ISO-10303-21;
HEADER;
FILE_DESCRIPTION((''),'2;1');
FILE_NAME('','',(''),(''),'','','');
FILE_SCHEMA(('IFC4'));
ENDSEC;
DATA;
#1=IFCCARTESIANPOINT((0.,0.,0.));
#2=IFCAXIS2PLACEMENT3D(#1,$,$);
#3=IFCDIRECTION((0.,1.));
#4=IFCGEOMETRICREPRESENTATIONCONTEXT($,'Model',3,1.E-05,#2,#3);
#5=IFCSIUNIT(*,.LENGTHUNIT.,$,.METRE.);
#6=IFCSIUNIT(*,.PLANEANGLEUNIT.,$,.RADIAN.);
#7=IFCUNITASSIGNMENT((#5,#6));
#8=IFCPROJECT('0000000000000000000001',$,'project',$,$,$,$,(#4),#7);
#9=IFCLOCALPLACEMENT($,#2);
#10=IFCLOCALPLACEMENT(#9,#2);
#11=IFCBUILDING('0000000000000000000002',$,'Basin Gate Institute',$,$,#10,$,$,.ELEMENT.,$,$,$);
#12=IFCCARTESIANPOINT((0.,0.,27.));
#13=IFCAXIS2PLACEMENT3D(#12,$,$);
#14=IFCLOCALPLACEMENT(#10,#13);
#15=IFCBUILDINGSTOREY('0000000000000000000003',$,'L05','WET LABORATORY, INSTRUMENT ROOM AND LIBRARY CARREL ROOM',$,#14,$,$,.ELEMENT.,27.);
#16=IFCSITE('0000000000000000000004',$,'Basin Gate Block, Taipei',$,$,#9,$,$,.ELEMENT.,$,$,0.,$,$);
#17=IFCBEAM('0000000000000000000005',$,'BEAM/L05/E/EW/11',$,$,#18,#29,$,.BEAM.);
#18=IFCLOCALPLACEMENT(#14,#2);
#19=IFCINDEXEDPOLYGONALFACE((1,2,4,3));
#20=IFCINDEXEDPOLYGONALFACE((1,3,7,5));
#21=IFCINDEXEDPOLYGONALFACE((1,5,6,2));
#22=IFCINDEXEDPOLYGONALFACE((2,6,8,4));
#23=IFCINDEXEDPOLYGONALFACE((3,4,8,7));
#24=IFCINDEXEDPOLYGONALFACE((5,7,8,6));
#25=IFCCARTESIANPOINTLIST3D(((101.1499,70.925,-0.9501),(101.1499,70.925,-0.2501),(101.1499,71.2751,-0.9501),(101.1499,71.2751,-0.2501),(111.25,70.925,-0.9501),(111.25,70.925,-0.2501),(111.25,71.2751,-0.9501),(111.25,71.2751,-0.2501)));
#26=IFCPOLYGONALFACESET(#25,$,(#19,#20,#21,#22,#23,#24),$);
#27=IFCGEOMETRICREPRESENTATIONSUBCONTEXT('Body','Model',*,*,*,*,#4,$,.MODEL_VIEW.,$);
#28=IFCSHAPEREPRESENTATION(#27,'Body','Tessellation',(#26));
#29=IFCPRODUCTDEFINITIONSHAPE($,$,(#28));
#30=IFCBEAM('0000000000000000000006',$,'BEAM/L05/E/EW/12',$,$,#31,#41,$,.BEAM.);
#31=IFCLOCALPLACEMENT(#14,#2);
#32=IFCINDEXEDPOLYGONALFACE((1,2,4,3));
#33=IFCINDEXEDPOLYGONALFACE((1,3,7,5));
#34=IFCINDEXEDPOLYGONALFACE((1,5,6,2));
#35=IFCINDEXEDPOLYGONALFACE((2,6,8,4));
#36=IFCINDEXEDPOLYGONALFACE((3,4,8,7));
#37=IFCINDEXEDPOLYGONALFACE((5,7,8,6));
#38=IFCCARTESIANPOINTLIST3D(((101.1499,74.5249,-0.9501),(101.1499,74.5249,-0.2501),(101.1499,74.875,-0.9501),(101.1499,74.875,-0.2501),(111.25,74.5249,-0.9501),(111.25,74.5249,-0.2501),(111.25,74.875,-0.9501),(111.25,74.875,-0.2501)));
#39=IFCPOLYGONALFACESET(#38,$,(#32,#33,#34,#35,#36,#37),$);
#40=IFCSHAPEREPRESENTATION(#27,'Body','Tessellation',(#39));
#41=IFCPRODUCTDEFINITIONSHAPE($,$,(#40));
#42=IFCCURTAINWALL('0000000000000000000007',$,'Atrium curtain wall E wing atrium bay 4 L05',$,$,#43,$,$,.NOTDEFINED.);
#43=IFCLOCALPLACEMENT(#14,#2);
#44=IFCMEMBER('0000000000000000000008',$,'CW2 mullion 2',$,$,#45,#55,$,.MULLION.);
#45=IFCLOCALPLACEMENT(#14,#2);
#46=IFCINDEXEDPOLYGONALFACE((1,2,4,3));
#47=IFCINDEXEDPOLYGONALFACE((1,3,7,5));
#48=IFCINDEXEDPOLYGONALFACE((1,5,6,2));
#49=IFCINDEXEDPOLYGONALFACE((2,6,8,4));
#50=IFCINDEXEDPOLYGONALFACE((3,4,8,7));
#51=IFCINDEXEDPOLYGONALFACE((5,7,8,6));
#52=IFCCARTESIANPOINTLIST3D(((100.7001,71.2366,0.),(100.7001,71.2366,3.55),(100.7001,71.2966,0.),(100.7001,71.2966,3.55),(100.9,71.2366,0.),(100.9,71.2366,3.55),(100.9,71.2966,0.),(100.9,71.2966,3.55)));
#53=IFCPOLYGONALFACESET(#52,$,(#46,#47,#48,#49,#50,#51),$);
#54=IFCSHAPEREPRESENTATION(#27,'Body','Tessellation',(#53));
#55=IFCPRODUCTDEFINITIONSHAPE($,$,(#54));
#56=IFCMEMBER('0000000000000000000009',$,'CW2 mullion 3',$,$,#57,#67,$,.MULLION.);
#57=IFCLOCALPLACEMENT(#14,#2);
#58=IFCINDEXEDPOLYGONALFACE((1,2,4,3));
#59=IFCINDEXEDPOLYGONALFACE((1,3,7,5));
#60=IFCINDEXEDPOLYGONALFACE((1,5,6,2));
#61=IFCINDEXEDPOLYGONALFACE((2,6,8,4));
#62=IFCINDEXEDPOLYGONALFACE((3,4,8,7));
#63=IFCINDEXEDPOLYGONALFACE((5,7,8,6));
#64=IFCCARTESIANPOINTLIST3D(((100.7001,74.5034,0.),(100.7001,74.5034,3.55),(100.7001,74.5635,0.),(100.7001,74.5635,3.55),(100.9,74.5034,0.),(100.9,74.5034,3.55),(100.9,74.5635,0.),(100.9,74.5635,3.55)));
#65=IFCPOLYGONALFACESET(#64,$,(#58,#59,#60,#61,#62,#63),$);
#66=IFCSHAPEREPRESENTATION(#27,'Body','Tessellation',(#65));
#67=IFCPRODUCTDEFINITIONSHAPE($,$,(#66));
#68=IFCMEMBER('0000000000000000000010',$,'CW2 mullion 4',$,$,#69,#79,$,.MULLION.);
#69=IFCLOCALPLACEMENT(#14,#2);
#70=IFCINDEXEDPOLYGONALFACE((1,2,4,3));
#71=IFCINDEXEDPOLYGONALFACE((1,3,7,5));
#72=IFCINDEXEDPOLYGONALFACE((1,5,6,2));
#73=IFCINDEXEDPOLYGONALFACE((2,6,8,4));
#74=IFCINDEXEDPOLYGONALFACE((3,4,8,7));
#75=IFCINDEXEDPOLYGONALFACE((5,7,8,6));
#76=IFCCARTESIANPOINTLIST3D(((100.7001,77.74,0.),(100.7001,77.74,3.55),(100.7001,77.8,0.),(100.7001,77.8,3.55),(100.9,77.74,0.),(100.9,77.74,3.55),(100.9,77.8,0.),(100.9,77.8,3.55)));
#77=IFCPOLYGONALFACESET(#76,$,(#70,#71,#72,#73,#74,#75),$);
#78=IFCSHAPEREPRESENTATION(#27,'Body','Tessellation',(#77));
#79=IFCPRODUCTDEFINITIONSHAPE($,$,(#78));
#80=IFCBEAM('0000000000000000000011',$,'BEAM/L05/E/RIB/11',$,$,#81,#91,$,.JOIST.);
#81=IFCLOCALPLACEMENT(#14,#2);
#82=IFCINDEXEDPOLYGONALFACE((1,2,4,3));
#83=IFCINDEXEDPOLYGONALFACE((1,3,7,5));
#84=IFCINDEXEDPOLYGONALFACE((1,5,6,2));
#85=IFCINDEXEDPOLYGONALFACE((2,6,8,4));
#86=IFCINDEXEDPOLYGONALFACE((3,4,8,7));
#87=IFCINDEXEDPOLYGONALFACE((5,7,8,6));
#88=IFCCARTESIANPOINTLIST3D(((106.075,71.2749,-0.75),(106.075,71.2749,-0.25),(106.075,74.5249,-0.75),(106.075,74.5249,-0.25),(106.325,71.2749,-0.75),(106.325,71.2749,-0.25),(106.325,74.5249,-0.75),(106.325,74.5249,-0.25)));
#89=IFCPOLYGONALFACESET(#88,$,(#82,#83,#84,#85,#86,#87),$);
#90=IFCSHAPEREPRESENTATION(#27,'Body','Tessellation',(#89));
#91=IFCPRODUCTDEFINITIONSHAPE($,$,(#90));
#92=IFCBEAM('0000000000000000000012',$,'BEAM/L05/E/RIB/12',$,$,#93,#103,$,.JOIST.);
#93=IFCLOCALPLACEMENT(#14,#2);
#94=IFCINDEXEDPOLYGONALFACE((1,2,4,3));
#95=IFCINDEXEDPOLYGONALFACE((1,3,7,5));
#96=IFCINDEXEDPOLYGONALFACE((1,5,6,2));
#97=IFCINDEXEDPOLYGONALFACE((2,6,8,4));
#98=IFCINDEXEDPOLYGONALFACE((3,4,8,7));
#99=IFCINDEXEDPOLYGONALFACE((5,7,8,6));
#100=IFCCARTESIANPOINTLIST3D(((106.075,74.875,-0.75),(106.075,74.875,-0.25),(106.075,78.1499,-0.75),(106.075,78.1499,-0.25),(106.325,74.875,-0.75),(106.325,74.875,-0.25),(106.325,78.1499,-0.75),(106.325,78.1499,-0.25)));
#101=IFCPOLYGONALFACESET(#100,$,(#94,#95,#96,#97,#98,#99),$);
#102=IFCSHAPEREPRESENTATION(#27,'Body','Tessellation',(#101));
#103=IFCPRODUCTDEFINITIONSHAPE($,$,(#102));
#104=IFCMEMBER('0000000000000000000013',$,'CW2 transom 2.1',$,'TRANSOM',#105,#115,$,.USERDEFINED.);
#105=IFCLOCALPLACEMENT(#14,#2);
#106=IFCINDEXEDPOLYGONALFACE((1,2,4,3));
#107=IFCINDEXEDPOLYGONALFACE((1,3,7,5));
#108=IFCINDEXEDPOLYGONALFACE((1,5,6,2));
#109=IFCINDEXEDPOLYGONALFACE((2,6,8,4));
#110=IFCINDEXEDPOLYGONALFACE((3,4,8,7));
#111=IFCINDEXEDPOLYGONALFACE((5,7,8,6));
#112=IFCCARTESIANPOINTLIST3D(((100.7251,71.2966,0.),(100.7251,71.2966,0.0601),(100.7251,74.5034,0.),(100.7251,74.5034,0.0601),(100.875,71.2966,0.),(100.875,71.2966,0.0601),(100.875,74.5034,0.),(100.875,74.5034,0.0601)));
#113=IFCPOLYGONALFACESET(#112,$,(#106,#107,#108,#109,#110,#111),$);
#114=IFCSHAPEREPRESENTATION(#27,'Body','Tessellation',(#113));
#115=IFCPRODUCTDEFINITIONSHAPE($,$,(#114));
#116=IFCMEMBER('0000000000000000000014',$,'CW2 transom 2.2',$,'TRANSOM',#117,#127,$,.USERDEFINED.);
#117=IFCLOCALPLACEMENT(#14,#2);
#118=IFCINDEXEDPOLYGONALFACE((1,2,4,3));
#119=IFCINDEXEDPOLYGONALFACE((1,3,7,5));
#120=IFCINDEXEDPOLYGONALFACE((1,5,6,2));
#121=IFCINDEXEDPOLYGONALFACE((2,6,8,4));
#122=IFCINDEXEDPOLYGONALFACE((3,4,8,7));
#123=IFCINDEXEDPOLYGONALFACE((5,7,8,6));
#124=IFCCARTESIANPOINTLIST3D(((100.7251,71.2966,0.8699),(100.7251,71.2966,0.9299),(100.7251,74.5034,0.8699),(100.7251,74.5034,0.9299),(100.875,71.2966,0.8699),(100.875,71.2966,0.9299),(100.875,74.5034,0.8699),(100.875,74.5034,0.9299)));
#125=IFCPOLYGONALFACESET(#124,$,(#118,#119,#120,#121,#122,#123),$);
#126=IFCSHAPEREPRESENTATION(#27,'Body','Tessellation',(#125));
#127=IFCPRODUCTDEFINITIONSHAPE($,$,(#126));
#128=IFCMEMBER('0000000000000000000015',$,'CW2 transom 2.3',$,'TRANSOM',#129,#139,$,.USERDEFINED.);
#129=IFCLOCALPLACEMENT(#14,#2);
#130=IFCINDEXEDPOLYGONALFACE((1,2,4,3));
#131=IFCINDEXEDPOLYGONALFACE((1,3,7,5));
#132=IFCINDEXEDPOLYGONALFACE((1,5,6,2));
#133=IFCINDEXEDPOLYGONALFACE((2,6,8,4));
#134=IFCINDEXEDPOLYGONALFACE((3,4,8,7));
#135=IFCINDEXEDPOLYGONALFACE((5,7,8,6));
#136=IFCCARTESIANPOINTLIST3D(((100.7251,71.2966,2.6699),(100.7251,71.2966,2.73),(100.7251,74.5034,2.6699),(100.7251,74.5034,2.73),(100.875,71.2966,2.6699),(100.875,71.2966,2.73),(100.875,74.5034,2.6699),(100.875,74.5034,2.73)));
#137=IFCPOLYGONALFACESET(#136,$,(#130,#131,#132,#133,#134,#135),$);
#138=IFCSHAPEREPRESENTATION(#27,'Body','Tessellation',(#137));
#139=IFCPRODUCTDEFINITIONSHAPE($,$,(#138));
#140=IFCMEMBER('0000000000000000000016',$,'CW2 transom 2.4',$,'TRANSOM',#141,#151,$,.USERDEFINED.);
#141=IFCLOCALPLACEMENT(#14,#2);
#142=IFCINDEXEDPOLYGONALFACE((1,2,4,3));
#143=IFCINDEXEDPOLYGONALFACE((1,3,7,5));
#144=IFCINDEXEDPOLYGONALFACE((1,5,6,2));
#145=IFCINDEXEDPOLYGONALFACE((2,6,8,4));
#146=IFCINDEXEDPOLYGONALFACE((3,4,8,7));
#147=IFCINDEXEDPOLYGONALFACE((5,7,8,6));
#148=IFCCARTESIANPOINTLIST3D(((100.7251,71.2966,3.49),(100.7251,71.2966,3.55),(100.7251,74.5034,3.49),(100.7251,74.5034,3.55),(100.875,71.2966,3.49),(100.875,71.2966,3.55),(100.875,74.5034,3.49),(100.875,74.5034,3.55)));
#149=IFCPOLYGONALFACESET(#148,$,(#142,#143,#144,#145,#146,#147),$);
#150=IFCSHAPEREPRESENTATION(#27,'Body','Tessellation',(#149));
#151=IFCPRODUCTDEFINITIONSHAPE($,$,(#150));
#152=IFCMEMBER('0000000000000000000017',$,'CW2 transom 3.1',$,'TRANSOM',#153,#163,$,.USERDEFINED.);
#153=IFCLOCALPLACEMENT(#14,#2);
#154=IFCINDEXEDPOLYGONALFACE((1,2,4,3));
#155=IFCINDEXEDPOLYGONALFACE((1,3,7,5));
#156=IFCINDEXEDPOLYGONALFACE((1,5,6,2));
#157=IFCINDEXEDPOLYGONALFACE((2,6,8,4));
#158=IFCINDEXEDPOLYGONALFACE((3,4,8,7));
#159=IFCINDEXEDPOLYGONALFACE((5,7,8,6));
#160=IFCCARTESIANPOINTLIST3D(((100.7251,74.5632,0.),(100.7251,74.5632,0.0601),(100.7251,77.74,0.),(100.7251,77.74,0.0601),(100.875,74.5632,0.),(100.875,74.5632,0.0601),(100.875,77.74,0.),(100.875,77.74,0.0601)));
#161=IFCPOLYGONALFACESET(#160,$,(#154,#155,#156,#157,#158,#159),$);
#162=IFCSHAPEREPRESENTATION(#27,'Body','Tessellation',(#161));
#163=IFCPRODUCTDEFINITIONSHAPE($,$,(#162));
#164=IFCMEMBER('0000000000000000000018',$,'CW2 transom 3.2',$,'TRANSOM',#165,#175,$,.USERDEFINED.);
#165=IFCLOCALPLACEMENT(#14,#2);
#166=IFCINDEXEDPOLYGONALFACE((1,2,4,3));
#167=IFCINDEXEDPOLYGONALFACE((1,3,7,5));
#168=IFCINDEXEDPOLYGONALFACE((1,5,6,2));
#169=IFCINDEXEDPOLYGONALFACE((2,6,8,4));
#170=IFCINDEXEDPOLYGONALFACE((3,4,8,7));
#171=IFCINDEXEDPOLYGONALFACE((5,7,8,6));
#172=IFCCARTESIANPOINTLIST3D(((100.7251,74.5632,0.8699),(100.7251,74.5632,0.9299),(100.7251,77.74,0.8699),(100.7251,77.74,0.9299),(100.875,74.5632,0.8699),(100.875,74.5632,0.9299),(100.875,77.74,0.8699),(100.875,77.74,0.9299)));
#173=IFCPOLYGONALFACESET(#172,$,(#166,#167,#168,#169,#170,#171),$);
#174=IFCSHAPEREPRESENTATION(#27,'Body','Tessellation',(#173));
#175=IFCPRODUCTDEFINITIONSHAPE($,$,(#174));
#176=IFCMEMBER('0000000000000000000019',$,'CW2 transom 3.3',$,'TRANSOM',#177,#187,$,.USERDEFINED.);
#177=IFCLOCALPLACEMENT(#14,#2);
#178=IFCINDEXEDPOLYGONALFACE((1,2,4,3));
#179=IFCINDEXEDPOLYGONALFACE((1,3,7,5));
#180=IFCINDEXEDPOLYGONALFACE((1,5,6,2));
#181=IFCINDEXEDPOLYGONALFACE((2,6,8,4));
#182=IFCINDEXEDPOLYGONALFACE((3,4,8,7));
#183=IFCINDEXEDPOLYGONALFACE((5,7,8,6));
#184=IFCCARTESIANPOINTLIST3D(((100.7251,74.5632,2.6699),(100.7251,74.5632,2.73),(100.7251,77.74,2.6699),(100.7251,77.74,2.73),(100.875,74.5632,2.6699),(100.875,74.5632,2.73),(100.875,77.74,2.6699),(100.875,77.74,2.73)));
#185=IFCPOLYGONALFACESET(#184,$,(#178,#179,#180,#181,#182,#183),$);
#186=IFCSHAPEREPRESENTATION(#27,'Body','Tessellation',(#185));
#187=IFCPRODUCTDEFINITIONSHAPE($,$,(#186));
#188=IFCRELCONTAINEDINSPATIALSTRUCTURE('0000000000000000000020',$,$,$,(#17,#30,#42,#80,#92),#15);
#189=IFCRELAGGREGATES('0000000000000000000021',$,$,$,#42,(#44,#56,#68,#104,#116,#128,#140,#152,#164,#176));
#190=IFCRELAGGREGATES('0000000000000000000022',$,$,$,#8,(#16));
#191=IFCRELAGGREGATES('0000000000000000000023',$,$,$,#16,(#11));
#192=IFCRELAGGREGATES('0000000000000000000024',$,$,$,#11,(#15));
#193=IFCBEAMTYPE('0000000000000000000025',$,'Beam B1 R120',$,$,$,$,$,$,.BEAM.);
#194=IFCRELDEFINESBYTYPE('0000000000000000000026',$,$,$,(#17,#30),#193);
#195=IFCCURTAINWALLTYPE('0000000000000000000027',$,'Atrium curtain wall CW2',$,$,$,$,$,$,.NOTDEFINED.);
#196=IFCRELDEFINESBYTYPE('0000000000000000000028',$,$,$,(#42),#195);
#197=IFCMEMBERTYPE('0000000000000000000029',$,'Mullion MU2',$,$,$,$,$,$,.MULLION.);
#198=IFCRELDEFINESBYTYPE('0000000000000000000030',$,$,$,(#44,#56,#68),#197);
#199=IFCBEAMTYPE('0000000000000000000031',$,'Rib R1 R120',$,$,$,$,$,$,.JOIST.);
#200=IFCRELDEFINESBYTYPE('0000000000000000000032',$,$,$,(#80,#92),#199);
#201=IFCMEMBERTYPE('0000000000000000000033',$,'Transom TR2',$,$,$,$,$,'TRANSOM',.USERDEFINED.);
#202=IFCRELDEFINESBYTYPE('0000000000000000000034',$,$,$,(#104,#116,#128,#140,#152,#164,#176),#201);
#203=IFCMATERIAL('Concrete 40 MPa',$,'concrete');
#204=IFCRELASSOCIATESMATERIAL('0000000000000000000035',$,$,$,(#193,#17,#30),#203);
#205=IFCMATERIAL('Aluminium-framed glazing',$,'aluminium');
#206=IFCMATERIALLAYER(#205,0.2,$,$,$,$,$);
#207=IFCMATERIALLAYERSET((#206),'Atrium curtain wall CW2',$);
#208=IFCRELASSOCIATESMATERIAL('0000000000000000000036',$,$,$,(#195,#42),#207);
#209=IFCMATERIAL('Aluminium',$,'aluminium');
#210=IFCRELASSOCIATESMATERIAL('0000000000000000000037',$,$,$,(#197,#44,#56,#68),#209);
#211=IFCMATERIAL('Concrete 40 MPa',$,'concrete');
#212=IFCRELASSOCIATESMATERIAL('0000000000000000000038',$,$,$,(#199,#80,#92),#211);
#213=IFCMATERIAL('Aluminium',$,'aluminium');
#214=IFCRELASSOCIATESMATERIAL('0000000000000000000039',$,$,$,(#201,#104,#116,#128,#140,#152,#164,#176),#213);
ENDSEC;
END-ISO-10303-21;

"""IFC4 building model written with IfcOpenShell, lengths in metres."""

from ifc_helpers import new_model, si_unit, direction, frame, origin, origin_2d, place, context, subcontext, project, spatial, rectangle, extrude, material, layer, layer_set, material_profile, profile_set, type_object, element, aggregate, save


model = new_model("IFC4")

# Units and contexts
model_context = context("Model", 3, precision=1e-05, world=origin(), true_north=direction((0.0, 1.0)))
body_context = subcontext(model_context, "Body", "Model", "MODEL_VIEW")
ifc_project = project(units=[si_unit("LENGTHUNIT", "METRE"), si_unit("PLANEANGLEUNIT", "RADIAN")], contexts=[model_context])

# Site, building, storey
site_placement = place(None, origin())
site = spatial("IfcSite", under=ifc_project, at=site_placement, Name="Basin Gate Block, Taipei", CompositionType="ELEMENT", RefElevation=0.0)
building_placement = place(site_placement, origin())
building = spatial("IfcBuilding", under=site, at=building_placement, Name="Basin Gate Institute", CompositionType="ELEMENT")
storey_placement = place(building_placement, frame((0.0, 0.0, 27.0)))
storey = spatial("IfcBuildingStorey", under=building, at=storey_placement, Name="L05", Description="WET LABORATORY, INSTRUMENT ROOM AND LIBRARY CARREL ROOM", CompositionType="ELEMENT", Elevation=27.0)

# Beams
ifc_material_1 = material(Name="Concrete 40 MPa", Category="concrete")
ifc_material_profile_1 = material_profile(ifc_material_1, rectangle(XDim=0.3501, YDim=0.7, at=origin_2d()), Name="Beam B1 350 x 700")
ifc_profile_set_1 = profile_set([ifc_material_profile_1], Name="Concrete 40 MPa")
beam_type_1 = type_object("IfcBeamType", Name="Beam B1 R120", PredefinedType="BEAM", material=ifc_profile_set_1)
for number, where, z_axis, x_axis, name in (
    (1, (111.25, 71.1001, -0.6001), (-1.0, 0.0, 0.0), (0.0, -1.0, 0.0), "BEAM/L05/E/EW/11"),
    (2, (111.25, 74.7, -0.6001), (-1.0, 0.0, 0.0), (0.0, -1.0, 0.0), "BEAM/L05/E/EW/12"),
):
    element("IfcBeam", number, at=place(storey_placement, frame(where, z_axis=z_axis, x_axis=x_axis)), inside=storey, type_object=beam_type_1, material=ifc_profile_set_1, Name=name, PredefinedType="BEAM", context=body_context, shape_type="SweptSolid", body=[
        extrude(rectangle(XDim=0.3501, YDim=0.7, at=origin_2d()), origin(), (0.0, 0.0, 1.0), 10.1001),
    ])

# Curtain wall, members
ifc_material_2 = material(Name="Aluminium-framed glazing", Category="aluminium")
ifc_layer_1 = layer(ifc_material_2, 0.2)
ifc_layer_set_1 = layer_set([ifc_layer_1], Name="Atrium curtain wall CW2")
curtain_wall_type = type_object("IfcCurtainWallType", Name="Atrium curtain wall CW2", PredefinedType="NOTDEFINED", material=ifc_layer_set_1)
curtain_wall_placement = place(storey_placement, origin())
curtain_wall = element("IfcCurtainWall", 3, at=curtain_wall_placement, inside=storey, type_object=curtain_wall_type, material=ifc_layer_set_1, Name="Atrium curtain wall E wing atrium bay 4 L05", PredefinedType="NOTDEFINED")
ifc_material_3 = material(Name="Aluminium", Category="aluminium")
ifc_material_profile_2 = material_profile(ifc_material_3, rectangle(XDim=0.2, YDim=0.0601, at=origin_2d()), Name="Mullion MU2 200 x 60")
ifc_profile_set_2 = profile_set([ifc_material_profile_2], Name="Aluminium")
member_type_1 = type_object("IfcMemberType", Name="Mullion MU2", PredefinedType="MULLION", material=ifc_profile_set_2)
member_1_placement = place(storey_placement, frame((100.8, 71.2666, 0.0), z_axis=(0.0, 0.0, 1.0), x_axis=(-1.0, 0.0, 0.0)))
member_1 = element("IfcMember", 4, at=member_1_placement, type_object=member_type_1, material=ifc_profile_set_2, Name="CW2 mullion 2", PredefinedType="MULLION", context=body_context, shape_type="SweptSolid", body=[
    extrude(rectangle(XDim=0.2, YDim=0.0601, at=origin_2d()), origin(), (0.0, 0.0, 1.0), 3.55),
])
member_2_placement = place(storey_placement, frame((100.8, 74.5334, 0.0), z_axis=(0.0, 0.0, 1.0), x_axis=(-1.0, 0.0, 0.0)))
member_2 = element("IfcMember", 5, at=member_2_placement, type_object=member_type_1, material=ifc_profile_set_2, Name="CW2 mullion 3", PredefinedType="MULLION", context=body_context, shape_type="SweptSolid", body=[
    extrude(rectangle(XDim=0.2, YDim=0.0601, at=origin_2d()), origin(), (0.0, 0.0, 1.0), 3.55),
])
member_3_placement = place(storey_placement, frame((100.8, 77.77, 0.0), z_axis=(0.0, 0.0, 1.0), x_axis=(-1.0, 0.0, 0.0)))
member_3 = element("IfcMember", 6, at=member_3_placement, type_object=member_type_1, material=ifc_profile_set_2, Name="CW2 mullion 4", PredefinedType="MULLION", context=body_context, shape_type="SweptSolid", body=[
    extrude(rectangle(XDim=0.2, YDim=0.0601, at=origin_2d()), origin(), (0.0, 0.0, 1.0), 3.55),
])

# Beams
ifc_material_4 = material(Name="Concrete 40 MPa", Category="concrete")
ifc_material_profile_3 = material_profile(ifc_material_4, rectangle(XDim=0.25, YDim=0.5, at=origin_2d()), Name="Rib R1 250 x 500")
ifc_profile_set_3 = profile_set([ifc_material_profile_3], Name="Concrete 40 MPa")
beam_type_2 = type_object("IfcBeamType", Name="Rib R1 R120", PredefinedType="JOIST", material=ifc_profile_set_3)
beam_1_placement = place(storey_placement, frame((106.2, 71.2749, -0.5), z_axis=(0.0, 1.0, 0.0), x_axis=(-1.0, 0.0, 0.0)))
element("IfcBeam", 7, at=beam_1_placement, inside=storey, type_object=beam_type_2, material=ifc_profile_set_3, Name="BEAM/L05/E/RIB/11", PredefinedType="JOIST", context=body_context, shape_type="SweptSolid", body=[
    extrude(rectangle(XDim=0.25, YDim=0.5, at=origin_2d()), origin(), (0.0, 0.0, 1.0), 3.25),
])
beam_2_placement = place(storey_placement, frame((106.2, 74.875, -0.5), z_axis=(0.0, 1.0, 0.0), x_axis=(-1.0, 0.0, 0.0)))
element("IfcBeam", 8, at=beam_2_placement, inside=storey, type_object=beam_type_2, material=ifc_profile_set_3, Name="BEAM/L05/E/RIB/12", PredefinedType="JOIST", context=body_context, shape_type="SweptSolid", body=[
    extrude(rectangle(XDim=0.25, YDim=0.5, at=origin_2d()), origin(), (0.0, 0.0, 1.0), 3.2749),
])

# Members
ifc_material_5 = material(Name="Aluminium", Category="aluminium")
ifc_material_profile_4 = material_profile(ifc_material_5, rectangle(XDim=0.1499, YDim=0.0601, at=origin_2d()), Name="Transom TR2 150 x 60")
ifc_profile_set_4 = profile_set([ifc_material_profile_4], Name="Aluminium")
member_type_2 = type_object("IfcMemberType", Name="Transom TR2", ElementType="TRANSOM", PredefinedType="USERDEFINED", material=ifc_profile_set_4)
member_4_placement = place(storey_placement, frame((100.8, 71.2966, 0.03), z_axis=(0.0, 1.0, 0.0), x_axis=(-1.0, 0.0, 0.0)))
member_4 = element("IfcMember", 9, at=member_4_placement, type_object=member_type_2, material=ifc_profile_set_4, Name="CW2 transom 2.1", ObjectType="TRANSOM", PredefinedType="USERDEFINED", context=body_context, shape_type="SweptSolid", body=[
    extrude(rectangle(XDim=0.1499, YDim=0.0601, at=origin_2d()), origin(), (0.0, 0.0, 1.0), 3.2068),
])
member_5_placement = place(storey_placement, frame((100.8, 71.2966, 0.8999), z_axis=(0.0, 1.0, 0.0), x_axis=(-1.0, 0.0, 0.0)))
member_5 = element("IfcMember", 10, at=member_5_placement, type_object=member_type_2, material=ifc_profile_set_4, Name="CW2 transom 2.2", ObjectType="TRANSOM", PredefinedType="USERDEFINED", context=body_context, shape_type="SweptSolid", body=[
    extrude(rectangle(XDim=0.1499, YDim=0.0601, at=origin_2d()), origin(), (0.0, 0.0, 1.0), 3.2068),
])
member_6_placement = place(storey_placement, frame((100.8, 71.2966, 2.7), z_axis=(0.0, 1.0, 0.0), x_axis=(-1.0, 0.0, 0.0)))
member_6 = element("IfcMember", 11, at=member_6_placement, type_object=member_type_2, material=ifc_profile_set_4, Name="CW2 transom 2.3", ObjectType="TRANSOM", PredefinedType="USERDEFINED", context=body_context, shape_type="SweptSolid", body=[
    extrude(rectangle(XDim=0.1499, YDim=0.0601, at=origin_2d()), origin(), (0.0, 0.0, 1.0), 3.2068),
])
member_7_placement = place(storey_placement, frame((100.8, 71.2966, 3.52), z_axis=(0.0, 1.0, 0.0), x_axis=(-1.0, 0.0, 0.0)))
member_7 = element("IfcMember", 12, at=member_7_placement, type_object=member_type_2, material=ifc_profile_set_4, Name="CW2 transom 2.4", ObjectType="TRANSOM", PredefinedType="USERDEFINED", context=body_context, shape_type="SweptSolid", body=[
    extrude(rectangle(XDim=0.1499, YDim=0.0601, at=origin_2d()), origin(), (0.0, 0.0, 1.0), 3.2068),
])
member_8_placement = place(storey_placement, frame((100.8, 74.5632, 0.03), z_axis=(0.0, 1.0, 0.0), x_axis=(-1.0, 0.0, 0.0)))
member_8 = element("IfcMember", 13, at=member_8_placement, type_object=member_type_2, material=ifc_profile_set_4, Name="CW2 transom 3.1", ObjectType="TRANSOM", PredefinedType="USERDEFINED", context=body_context, shape_type="SweptSolid", body=[
    extrude(rectangle(XDim=0.1499, YDim=0.0601, at=origin_2d()), origin(), (0.0, 0.0, 1.0), 3.1768),
])
member_9_placement = place(storey_placement, frame((100.8, 74.5632, 0.8999), z_axis=(0.0, 1.0, 0.0), x_axis=(-1.0, 0.0, 0.0)))
member_9 = element("IfcMember", 14, at=member_9_placement, type_object=member_type_2, material=ifc_profile_set_4, Name="CW2 transom 3.2", ObjectType="TRANSOM", PredefinedType="USERDEFINED", context=body_context, shape_type="SweptSolid", body=[
    extrude(rectangle(XDim=0.1499, YDim=0.0601, at=origin_2d()), origin(), (0.0, 0.0, 1.0), 3.1768),
])
member_10_placement = place(storey_placement, frame((100.8, 74.5632, 2.7), z_axis=(0.0, 1.0, 0.0), x_axis=(-1.0, 0.0, 0.0)))
member_10 = element("IfcMember", 15, at=member_10_placement, type_object=member_type_2, material=ifc_profile_set_4, Name="CW2 transom 3.3", ObjectType="TRANSOM", PredefinedType="USERDEFINED", context=body_context, shape_type="SweptSolid", body=[
    extrude(rectangle(XDim=0.1499, YDim=0.0601, at=origin_2d()), origin(), (0.0, 0.0, 1.0), 3.1768),
])

aggregate(curtain_wall, [member_1, member_2, member_3, member_4, member_5, member_6, member_7, member_8, member_9, member_10])

save(model, "model.ifc")
